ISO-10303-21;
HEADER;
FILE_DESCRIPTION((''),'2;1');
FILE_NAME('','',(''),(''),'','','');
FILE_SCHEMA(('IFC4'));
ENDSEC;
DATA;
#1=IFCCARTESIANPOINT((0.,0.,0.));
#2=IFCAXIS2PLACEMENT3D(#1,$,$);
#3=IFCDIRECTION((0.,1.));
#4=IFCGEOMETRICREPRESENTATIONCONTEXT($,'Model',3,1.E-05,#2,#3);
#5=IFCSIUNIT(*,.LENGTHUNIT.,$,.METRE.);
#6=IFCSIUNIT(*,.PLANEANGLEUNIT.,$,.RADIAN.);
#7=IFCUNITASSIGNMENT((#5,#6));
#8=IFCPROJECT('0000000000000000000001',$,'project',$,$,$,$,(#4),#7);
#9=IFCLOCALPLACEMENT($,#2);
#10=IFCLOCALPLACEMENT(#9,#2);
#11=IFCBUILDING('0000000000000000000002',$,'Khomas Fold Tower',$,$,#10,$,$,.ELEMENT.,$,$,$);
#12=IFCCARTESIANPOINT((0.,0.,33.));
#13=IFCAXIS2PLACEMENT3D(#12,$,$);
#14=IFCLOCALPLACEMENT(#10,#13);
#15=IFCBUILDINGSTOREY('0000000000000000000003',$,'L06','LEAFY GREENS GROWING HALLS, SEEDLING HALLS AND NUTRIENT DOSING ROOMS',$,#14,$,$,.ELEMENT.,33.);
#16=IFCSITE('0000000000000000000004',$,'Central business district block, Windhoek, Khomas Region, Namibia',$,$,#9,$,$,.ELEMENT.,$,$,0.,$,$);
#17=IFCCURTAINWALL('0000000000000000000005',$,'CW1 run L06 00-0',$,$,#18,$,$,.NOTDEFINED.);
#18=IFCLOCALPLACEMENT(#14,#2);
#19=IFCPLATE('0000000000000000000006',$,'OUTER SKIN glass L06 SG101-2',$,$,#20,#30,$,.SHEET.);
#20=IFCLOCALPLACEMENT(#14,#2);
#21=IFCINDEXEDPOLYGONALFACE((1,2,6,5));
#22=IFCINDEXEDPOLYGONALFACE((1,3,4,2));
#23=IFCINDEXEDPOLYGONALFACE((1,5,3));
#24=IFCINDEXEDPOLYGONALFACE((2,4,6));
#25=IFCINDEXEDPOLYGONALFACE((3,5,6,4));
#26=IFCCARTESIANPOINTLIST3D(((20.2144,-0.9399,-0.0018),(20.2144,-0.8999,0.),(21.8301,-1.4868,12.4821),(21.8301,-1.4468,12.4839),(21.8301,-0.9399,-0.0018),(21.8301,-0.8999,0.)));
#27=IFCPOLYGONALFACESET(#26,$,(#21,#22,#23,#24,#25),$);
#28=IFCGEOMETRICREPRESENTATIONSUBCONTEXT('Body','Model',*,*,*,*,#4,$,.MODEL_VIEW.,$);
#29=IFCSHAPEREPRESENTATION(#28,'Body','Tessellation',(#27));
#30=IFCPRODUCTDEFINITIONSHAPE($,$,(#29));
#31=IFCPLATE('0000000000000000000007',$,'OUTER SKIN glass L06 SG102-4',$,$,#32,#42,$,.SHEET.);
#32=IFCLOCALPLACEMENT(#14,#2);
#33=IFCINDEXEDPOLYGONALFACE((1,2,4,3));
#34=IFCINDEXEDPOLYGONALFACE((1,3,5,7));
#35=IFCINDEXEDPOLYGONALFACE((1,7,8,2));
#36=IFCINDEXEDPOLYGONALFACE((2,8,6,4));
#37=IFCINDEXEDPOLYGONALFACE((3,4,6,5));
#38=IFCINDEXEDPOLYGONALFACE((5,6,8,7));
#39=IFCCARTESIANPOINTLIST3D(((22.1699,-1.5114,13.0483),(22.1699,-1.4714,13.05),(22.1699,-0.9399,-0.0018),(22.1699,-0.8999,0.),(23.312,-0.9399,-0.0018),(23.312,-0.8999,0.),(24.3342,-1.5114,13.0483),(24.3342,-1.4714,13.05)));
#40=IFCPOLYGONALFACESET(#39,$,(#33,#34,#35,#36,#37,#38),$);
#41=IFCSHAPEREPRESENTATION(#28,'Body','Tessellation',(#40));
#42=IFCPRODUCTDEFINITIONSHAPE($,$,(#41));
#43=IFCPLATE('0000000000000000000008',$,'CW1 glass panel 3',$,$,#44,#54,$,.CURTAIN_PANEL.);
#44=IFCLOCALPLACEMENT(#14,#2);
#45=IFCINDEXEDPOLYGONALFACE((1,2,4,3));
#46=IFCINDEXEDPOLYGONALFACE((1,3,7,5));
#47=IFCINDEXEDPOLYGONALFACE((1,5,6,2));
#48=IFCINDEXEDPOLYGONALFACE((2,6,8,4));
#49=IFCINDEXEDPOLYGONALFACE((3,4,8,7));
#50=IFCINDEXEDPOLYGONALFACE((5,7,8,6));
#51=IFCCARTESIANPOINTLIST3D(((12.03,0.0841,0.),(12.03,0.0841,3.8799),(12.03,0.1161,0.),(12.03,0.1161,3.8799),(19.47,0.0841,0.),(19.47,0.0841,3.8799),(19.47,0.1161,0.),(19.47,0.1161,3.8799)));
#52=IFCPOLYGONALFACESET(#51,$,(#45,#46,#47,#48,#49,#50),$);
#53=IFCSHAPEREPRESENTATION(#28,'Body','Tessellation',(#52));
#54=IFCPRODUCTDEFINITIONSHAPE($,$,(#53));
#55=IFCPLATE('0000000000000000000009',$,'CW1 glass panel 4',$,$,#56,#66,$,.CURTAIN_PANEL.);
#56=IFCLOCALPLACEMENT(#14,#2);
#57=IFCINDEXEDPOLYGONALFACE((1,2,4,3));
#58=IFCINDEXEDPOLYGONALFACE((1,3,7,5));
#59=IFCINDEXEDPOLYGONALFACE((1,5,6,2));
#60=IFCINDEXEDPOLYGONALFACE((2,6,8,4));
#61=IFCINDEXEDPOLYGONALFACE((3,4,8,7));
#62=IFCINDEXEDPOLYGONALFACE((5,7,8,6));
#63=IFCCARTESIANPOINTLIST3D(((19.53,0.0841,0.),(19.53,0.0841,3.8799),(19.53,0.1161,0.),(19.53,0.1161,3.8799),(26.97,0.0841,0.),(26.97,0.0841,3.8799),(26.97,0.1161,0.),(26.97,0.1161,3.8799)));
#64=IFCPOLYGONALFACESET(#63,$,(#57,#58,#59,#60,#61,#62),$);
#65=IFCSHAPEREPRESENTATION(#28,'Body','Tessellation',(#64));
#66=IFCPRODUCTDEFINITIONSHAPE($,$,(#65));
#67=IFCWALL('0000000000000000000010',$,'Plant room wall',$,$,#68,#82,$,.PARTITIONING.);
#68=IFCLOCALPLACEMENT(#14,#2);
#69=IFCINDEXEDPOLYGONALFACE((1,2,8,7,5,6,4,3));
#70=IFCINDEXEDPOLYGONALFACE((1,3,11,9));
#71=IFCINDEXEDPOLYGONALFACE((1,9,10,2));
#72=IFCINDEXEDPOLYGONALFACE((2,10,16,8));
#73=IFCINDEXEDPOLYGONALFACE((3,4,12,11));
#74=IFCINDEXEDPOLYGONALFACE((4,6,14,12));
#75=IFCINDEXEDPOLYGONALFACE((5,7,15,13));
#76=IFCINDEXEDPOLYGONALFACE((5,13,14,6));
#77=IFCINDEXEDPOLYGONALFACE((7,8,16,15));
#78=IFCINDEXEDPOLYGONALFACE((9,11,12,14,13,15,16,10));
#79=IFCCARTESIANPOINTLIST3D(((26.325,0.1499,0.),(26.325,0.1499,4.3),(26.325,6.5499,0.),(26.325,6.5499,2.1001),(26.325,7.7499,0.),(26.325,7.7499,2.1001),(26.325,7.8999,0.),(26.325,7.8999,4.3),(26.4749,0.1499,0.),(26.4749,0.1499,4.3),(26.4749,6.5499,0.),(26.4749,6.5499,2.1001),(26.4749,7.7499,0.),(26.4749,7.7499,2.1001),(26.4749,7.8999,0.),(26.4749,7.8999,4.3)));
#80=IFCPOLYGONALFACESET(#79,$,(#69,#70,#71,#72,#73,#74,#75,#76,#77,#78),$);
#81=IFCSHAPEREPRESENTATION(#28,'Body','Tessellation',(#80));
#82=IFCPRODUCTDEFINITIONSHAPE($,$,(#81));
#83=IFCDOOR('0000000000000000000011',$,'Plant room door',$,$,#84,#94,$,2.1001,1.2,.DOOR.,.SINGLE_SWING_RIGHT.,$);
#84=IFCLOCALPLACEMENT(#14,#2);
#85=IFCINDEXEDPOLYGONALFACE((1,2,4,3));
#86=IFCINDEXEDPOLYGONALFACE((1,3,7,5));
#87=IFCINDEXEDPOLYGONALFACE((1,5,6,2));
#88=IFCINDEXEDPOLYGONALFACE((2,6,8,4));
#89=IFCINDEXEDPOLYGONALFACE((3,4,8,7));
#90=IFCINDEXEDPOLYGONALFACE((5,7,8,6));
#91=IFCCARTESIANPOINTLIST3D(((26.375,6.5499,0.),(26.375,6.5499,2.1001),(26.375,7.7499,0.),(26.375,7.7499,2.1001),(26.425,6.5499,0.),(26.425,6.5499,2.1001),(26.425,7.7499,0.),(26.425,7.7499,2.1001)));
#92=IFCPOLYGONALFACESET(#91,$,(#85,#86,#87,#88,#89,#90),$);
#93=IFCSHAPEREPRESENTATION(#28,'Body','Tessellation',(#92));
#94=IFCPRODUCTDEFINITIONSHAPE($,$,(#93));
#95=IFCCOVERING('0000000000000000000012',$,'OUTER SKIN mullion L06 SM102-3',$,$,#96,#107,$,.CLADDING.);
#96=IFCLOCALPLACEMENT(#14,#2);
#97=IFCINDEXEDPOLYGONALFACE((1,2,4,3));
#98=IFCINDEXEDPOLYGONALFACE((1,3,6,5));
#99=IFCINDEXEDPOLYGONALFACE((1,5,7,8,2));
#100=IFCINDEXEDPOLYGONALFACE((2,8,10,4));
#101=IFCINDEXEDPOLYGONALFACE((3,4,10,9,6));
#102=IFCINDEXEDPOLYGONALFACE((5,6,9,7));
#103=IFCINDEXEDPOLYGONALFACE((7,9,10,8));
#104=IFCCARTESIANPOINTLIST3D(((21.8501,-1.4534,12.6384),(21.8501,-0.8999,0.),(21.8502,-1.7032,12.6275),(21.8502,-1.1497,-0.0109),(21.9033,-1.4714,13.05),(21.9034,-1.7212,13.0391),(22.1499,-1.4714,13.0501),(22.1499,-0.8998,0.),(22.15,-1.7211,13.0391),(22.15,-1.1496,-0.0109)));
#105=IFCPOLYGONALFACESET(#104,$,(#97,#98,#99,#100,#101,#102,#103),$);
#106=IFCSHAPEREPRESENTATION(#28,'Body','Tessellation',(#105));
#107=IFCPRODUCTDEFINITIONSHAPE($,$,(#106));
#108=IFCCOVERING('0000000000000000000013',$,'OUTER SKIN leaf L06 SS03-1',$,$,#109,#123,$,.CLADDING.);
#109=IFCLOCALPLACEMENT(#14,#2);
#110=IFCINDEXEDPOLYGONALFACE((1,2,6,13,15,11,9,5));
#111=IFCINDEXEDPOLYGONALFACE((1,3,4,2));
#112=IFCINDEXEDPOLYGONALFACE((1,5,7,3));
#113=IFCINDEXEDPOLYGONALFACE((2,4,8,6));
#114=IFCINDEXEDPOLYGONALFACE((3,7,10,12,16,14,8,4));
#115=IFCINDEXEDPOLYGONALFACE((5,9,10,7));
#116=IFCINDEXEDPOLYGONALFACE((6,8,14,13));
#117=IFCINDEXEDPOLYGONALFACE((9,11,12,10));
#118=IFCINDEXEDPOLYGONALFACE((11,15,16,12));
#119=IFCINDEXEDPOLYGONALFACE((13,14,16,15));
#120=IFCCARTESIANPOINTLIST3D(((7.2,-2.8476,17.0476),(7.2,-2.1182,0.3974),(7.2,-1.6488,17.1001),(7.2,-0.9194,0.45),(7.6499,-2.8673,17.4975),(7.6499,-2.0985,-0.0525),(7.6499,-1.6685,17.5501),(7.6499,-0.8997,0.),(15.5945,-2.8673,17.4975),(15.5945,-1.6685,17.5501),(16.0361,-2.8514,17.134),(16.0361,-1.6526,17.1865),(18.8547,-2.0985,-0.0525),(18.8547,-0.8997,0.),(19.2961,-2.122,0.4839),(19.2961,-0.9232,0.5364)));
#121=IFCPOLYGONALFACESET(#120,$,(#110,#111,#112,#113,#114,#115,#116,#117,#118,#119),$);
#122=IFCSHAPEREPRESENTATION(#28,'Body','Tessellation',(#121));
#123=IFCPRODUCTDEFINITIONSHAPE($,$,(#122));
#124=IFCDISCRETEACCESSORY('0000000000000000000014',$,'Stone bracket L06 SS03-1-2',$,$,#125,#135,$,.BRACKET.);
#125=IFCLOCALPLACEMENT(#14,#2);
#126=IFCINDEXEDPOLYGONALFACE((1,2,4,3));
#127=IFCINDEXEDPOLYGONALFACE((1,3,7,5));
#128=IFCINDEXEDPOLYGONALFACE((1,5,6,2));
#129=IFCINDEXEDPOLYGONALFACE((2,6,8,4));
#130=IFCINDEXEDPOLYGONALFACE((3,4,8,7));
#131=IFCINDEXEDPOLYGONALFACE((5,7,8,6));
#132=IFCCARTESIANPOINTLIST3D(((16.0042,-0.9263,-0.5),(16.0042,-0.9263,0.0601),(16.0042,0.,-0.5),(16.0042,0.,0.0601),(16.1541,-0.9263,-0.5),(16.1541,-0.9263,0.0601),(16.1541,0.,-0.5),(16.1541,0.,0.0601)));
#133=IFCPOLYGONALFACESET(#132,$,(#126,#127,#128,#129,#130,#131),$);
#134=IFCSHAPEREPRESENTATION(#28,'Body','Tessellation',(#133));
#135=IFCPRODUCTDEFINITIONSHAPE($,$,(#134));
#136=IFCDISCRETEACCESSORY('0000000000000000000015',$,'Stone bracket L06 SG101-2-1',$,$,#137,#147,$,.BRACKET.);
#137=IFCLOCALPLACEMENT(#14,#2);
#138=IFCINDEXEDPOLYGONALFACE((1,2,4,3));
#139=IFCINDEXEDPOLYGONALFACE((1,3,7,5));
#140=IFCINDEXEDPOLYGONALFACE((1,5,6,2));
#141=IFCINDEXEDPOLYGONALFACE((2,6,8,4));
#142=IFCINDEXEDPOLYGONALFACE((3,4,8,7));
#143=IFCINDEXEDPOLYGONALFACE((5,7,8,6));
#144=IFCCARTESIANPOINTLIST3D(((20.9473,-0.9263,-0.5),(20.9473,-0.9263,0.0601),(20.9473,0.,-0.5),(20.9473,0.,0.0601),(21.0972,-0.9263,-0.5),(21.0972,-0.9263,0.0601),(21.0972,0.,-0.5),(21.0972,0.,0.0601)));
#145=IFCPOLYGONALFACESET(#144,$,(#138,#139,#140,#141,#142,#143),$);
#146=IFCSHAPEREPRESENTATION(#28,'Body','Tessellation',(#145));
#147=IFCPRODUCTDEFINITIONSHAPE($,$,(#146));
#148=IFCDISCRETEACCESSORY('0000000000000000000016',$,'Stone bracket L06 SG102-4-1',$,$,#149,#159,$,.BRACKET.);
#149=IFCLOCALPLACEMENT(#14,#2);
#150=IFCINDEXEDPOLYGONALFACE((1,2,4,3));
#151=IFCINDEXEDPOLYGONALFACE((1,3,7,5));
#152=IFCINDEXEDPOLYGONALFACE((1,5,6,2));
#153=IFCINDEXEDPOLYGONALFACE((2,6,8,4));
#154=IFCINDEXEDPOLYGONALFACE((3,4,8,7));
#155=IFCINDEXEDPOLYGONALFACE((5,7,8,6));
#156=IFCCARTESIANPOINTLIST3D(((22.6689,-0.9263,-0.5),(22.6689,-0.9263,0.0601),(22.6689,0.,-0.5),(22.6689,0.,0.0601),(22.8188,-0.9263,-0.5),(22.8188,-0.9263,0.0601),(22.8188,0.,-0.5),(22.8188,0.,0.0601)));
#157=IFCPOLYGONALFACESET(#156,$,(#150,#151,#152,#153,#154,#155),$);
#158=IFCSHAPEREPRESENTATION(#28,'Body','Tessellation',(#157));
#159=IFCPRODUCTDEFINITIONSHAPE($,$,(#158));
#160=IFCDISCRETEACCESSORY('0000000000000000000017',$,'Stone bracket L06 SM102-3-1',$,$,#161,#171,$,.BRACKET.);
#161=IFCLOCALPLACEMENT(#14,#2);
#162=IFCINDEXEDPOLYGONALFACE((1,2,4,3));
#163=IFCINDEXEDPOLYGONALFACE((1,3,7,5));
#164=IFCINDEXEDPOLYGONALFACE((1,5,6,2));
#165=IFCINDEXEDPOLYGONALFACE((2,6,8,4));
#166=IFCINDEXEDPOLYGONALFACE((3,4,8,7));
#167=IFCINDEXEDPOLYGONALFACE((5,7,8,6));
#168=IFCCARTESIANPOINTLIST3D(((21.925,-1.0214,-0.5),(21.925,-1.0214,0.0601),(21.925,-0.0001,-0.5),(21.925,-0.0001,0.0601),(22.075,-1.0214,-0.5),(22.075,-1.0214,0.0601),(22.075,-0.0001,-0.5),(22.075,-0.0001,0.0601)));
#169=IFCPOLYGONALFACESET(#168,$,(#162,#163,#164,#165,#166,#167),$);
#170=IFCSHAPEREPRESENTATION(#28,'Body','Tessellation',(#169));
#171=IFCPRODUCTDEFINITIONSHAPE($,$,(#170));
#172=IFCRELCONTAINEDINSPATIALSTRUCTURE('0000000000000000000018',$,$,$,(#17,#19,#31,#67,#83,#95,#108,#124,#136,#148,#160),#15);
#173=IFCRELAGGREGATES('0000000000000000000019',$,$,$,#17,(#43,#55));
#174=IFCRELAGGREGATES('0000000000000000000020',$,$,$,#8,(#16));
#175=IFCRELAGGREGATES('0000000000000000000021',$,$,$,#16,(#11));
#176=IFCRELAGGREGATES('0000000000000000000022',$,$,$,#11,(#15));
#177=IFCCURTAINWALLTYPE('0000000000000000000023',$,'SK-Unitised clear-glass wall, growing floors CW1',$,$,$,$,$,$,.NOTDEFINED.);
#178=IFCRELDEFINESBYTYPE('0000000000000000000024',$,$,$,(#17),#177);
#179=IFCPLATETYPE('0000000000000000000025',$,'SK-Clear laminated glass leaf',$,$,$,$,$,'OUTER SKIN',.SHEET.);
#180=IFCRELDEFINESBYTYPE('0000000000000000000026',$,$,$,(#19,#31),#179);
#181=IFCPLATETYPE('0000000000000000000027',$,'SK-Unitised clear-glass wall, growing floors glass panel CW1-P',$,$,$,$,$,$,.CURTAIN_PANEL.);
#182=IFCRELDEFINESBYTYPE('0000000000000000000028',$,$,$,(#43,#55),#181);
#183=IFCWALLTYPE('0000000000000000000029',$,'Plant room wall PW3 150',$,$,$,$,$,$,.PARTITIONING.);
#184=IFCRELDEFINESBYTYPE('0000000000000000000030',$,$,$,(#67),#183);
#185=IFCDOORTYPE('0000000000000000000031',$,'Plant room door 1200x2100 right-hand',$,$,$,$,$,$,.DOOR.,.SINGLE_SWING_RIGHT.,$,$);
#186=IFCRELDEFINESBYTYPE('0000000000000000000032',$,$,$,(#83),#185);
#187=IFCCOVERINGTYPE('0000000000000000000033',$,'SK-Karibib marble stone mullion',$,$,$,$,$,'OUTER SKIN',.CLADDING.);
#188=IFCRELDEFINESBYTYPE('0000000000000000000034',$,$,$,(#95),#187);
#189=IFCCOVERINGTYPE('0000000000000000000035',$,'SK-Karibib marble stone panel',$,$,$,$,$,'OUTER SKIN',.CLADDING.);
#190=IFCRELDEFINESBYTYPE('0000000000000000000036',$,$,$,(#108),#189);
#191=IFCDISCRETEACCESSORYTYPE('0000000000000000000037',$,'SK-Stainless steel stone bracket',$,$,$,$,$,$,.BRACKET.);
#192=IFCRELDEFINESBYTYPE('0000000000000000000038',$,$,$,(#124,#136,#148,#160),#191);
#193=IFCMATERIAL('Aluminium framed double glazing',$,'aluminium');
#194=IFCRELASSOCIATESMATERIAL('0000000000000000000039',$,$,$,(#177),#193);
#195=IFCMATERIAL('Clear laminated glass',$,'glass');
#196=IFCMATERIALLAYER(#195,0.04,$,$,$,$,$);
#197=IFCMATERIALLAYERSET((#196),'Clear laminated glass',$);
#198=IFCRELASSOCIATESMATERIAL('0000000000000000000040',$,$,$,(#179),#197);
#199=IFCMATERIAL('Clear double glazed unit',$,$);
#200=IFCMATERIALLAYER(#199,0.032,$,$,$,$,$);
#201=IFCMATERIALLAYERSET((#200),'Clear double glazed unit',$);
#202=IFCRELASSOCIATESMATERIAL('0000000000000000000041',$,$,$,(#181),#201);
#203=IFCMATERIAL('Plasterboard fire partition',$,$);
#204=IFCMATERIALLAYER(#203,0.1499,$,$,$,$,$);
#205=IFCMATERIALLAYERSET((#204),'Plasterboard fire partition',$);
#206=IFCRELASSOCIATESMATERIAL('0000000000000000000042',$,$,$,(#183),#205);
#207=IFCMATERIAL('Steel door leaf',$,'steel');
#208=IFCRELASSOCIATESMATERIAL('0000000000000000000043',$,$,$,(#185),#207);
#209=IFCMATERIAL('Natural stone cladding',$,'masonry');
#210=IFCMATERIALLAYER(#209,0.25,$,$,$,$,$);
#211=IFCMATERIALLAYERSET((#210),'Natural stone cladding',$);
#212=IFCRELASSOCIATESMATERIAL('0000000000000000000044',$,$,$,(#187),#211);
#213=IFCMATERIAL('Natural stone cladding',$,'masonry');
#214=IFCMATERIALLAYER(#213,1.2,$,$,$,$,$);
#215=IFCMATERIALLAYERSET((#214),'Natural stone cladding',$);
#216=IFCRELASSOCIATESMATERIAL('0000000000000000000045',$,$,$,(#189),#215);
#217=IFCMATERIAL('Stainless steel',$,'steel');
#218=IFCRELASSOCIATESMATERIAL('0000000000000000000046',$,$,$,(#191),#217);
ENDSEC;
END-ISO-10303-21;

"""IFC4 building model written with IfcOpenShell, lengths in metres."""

from ifc_helpers import new_model, si_unit, direction, frame, frame_2d, origin, origin_2d, place, context, subcontext, project, spatial, polyline, rectangle, outline, extrude, source, transform, mapped, material, layer, layer_set, type_object, element, fill, aggregate, save


model = new_model("IFC4")

# Units and contexts
model_context = context("Model", 3, precision=1e-05, world=origin(), true_north=direction((0.0, 1.0)))
body_context = subcontext(model_context, "Body", "Model", "MODEL_VIEW")
ifc_project = project(units=[si_unit("LENGTHUNIT", "METRE"), si_unit("PLANEANGLEUNIT", "RADIAN")], contexts=[model_context])

# Site, building, storey
site_placement = place(None, origin())
site = spatial("IfcSite", under=ifc_project, at=site_placement, Name="Central business district block, Windhoek, Khomas Region, Namibia", CompositionType="ELEMENT", RefElevation=0.0)
building_placement = place(site_placement, origin())
building = spatial("IfcBuilding", under=site, at=building_placement, Name="Khomas Fold Tower", CompositionType="ELEMENT")
storey_placement = place(building_placement, frame((0.0, 0.0, 33.0)))
storey = spatial("IfcBuildingStorey", under=building, at=storey_placement, Name="L06", Description="LEAFY GREENS GROWING HALLS, SEEDLING HALLS AND NUTRIENT DOSING ROOMS", CompositionType="ELEMENT", Elevation=33.0)

# Curtain wall
ifc_material_1 = material(Name="Aluminium framed double glazing", Category="aluminium")
curtain_wall_type = type_object("IfcCurtainWallType", Name="SK-Unitised clear-glass wall, growing floors CW1", PredefinedType="NOTDEFINED", material=ifc_material_1)
curtain_wall_placement = place(storey_placement, origin())
curtain_wall = element("IfcCurtainWall", 1, at=curtain_wall_placement, inside=storey, type_object=curtain_wall_type, Name="CW1 run L06 00-0", PredefinedType="NOTDEFINED")

# Plates
ifc_material_2 = material(Name="Clear laminated glass", Category="glass")
ifc_layer_1 = layer(ifc_material_2, 0.04)
ifc_layer_set_1 = layer_set([ifc_layer_1], Name="Clear laminated glass")
plate_type_1 = type_object("IfcPlateType", Name="SK-Clear laminated glass leaf", ElementType="OUTER SKIN", PredefinedType="SHEET", material=ifc_layer_set_1)
plate_1_placement = place(storey_placement, frame((20.2144, -0.8999, 0.0), z_axis=(0.0, 0.999042, 0.043764), x_axis=(0.128233, -0.043403, 0.990794)))
element("IfcPlate", 2, at=plate_1_placement, inside=storey, type_object=plate_type_1, Name="OUTER SKIN glass L06 SG101-2", PredefinedType="SHEET", context=body_context, shape_type="SweptSolid", body=[
    extrude(outline(polyline([(0.0, 0.0), (12.5999, 0.0), (0.2072, 1.6024), (0.0, 0.0)])), origin(), (0.0, 0.0, -1.0), 0.04),
])
plate_2_placement = place(storey_placement, frame((23.312, -0.8999, 0.0), z_axis=(0.0, 0.999042, 0.043754), x_axis=(-1.0, 0.0, 0.0)))
element("IfcPlate", 3, at=plate_2_placement, inside=storey, type_object=plate_type_1, Name="OUTER SKIN glass L06 SG102-4", PredefinedType="SHEET", context=body_context, shape_type="SweptSolid", body=[
    extrude(outline(polyline([(0.0, 0.0), (1.1421, 0.0), (1.1421, 13.0626), (-1.0222, 13.0626), (0.0, 0.0)])), origin(), (0.0, 0.0, -1.0), 0.04),
])

# Plates
ifc_material_3 = material(Name="Clear double glazed unit")
ifc_layer_2 = layer(ifc_material_3, 0.032)
ifc_layer_set_2 = layer_set([ifc_layer_2], Name="Clear double glazed unit")
plate_type_2 = type_object("IfcPlateType", Name="SK-Unitised clear-glass wall, growing floors glass panel CW1-P", PredefinedType="CURTAIN_PANEL", material=ifc_layer_set_2)
shared_shape_1 = source(origin(), body_context, "Body", "SweptSolid", [
    extrude(rectangle(XDim=7.4399, YDim=0.032, at=origin_2d()), origin(), (0.0, 0.0, 1.0), 3.8799),
])
plate_3_placement = place(storey_placement, frame((15.75, 0.1001, 0.0), z_axis=(0.0, 0.0, 1.0), x_axis=(1.0, 0.0, 0.0)))
plate_3 = element("IfcPlate", 4, at=plate_3_placement, type_object=plate_type_2, Name="CW1 glass panel 3", PredefinedType="CURTAIN_PANEL", context=body_context, shape_type="MappedRepresentation", body=[
    mapped(shared_shape_1, transform((0.0, 0.0, 0.0))),
])
plate_4_placement = place(storey_placement, frame((23.25, 0.1001, 0.0), z_axis=(0.0, 0.0, 1.0), x_axis=(1.0, 0.0, 0.0)))
plate_4 = element("IfcPlate", 5, at=plate_4_placement, type_object=plate_type_2, Name="CW1 glass panel 4", PredefinedType="CURTAIN_PANEL", context=body_context, shape_type="MappedRepresentation", body=[
    mapped(shared_shape_1, transform((0.0, 0.0, 0.0))),
])
aggregate(curtain_wall, [plate_3, plate_4])

# Wall, opening, door
ifc_material_4 = material(Name="Plasterboard fire partition")
ifc_layer_3 = layer(ifc_material_4, 0.1499)
ifc_layer_set_3 = layer_set([ifc_layer_3], Name="Plasterboard fire partition")
wall_type = type_object("IfcWallType", Name="Plant room wall PW3 150", PredefinedType="PARTITIONING", material=ifc_layer_set_3)
shared_shape_2 = source(origin(), body_context, "Body", "SweptSolid", [
    extrude(rectangle(XDim=7.75, YDim=0.1499, at=frame_2d((3.875, 0.0))), origin(), (0.0, 0.0, 1.0), 4.3),
])
wall_placement = place(storey_placement, frame((26.3999, 0.1499, 0.0), z_axis=(0.0, 0.0, 1.0), x_axis=(0.0, 1.0, 0.0)))
wall = element("IfcWall", 6, at=wall_placement, inside=storey, type_object=wall_type, Name="Plant room wall", PredefinedType="PARTITIONING", context=body_context, shape_type="MappedRepresentation", body=[
    mapped(shared_shape_2, transform((0.0, 0.0, 0.0))),
])
shared_shape_3 = source(origin(), body_context, "Body", "SweptSolid", [
    extrude(rectangle(XDim=1.2, YDim=2.1001, at=frame_2d((0.6001, 1.05))), frame((0.0, 0.085, 0.0), z_axis=(0.0, -1.0, 0.0), x_axis=(1.0, 0.0, 0.0)), (0.0, 0.0, 1.0), 0.1699),
])
opening_placement = place(wall_placement, frame((6.3999, 0.0, 0.0)))
opening = element("IfcOpeningElement", 7, at=opening_placement, cuts=wall, PredefinedType="OPENING", context=body_context, shape_type="MappedRepresentation", body=[
    mapped(shared_shape_3, transform((0.0, 0.0, 0.0))),
])
ifc_material_5 = material(Name="Steel door leaf", Category="steel")
door_type = type_object("IfcDoorType", Name="Plant room door 1200x2100 right-hand", OperationType="SINGLE_SWING_RIGHT", PredefinedType="DOOR", material=ifc_material_5)
shared_shape_4 = source(origin(), body_context, "Body", "SweptSolid", [
    extrude(rectangle(XDim=1.2, YDim=2.1001, at=frame_2d((0.6001, 1.05))), frame((0.0, 0.0249, 0.0), z_axis=(0.0, -1.0, 0.0), x_axis=(1.0, 0.0, 0.0)), (0.0, 0.0, 1.0), 0.05),
])
door_placement = place(opening_placement, origin())
door = element("IfcDoor", 8, at=door_placement, inside=storey, type_object=door_type, Name="Plant room door", OperationType="SINGLE_SWING_RIGHT", OverallHeight=2.1001, OverallWidth=1.2, PredefinedType="DOOR", context=body_context, shape_type="MappedRepresentation", body=[
    mapped(shared_shape_4, transform((0.0, 0.0, 0.0))),
])
fill(opening, door)

# Coverings
ifc_material_6 = material(Name="Natural stone cladding", Category="masonry")
ifc_layer_4 = layer(ifc_material_6, 0.25)
ifc_layer_set_4 = layer_set([ifc_layer_4], Name="Natural stone cladding")
covering_type_1 = type_object("IfcCoveringType", Name="SK-Karibib marble stone mullion", ElementType="OUTER SKIN", PredefinedType="CLADDING", material=ifc_layer_set_4)
covering_1_placement = place(storey_placement, frame((21.8501, -0.8999, 0.0), z_axis=(-0.000342, 0.999042, 0.043755), x_axis=(0.0, -0.043755, 0.999042)))
element("IfcCovering", 9, at=covering_1_placement, inside=storey, type_object=covering_type_1, Name="OUTER SKIN mullion L06 SM102-3", PredefinedType="CLADDING", context=body_context, shape_type="SweptSolid", body=[
    extrude(outline(polyline([(0.0, 0.0), (12.6506, 0.0), (13.0626, 0.0532), (13.0626, 0.2998), (0.0, 0.2998), (0.0, 0.0)])), origin(), (0.0, 0.0, -1.0), 0.25),
])
ifc_material_7 = material(Name="Natural stone cladding", Category="masonry")
ifc_layer_5 = layer(ifc_material_7, 1.2)
ifc_layer_set_5 = layer_set([ifc_layer_5], Name="Natural stone cladding")
covering_type_2 = type_object("IfcCoveringType", Name="SK-Karibib marble stone panel", ElementType="OUTER SKIN", PredefinedType="CLADDING", material=ifc_layer_set_5)
covering_2_placement = place(storey_placement, frame((16.0361, -1.6526, 17.1865), z_axis=(0.0, 0.999042, 0.043763), x_axis=(0.191969, 0.04295, -0.980461)))
element("IfcCovering", 10, at=covering_2_placement, inside=storey, type_object=covering_type_2, Name="OUTER SKIN leaf L06 SS03-1", PredefinedType="CLADDING", context=body_context, shape_type="SweptSolid", body=[
    extrude(outline(polyline([(0.0, 0.0), (16.9819, 0.0), (17.4241, 0.5363), (15.2731, 11.5327), (14.7448, 11.8878), (-1.6114, 8.6884), (-1.967, 8.1604), (-0.4419, 0.3636), (0.0, 0.0)])), origin(), (0.0, 0.0, -1.0), 1.2),
])

# Discrete accessories
ifc_material_8 = material(Name="Stainless steel", Category="steel")
discrete_accessory_type = type_object("IfcDiscreteAccessoryType", Name="SK-Stainless steel stone bracket", PredefinedType="BRACKET", material=ifc_material_8)
shared_shape_5 = source(origin(), body_context, "Body", "SweptSolid", [
    extrude(rectangle(XDim=0.9263, YDim=0.1499, at=origin_2d()), origin(), (0.0, 0.0, 1.0), 0.5601),
])
for number, where, z_axis, x_axis, name in (
    (11, (16.0791, -0.4631, -0.5), (0.0, 0.0, 1.0), (0.0, -1.0, 0.0), "Stone bracket L06 SS03-1-2"),
    (12, (21.0222, -0.4631, -0.5), (0.0, 0.0, 1.0), (0.0, -1.0, 0.0), "Stone bracket L06 SG101-2-1"),
    (13, (22.7439, -0.4631, -0.5), (0.0, 0.0, 1.0), (0.0, -1.0, 0.0), "Stone bracket L06 SG102-4-1"),
):
    element("IfcDiscreteAccessory", number, at=place(storey_placement, frame(where, z_axis=z_axis, x_axis=x_axis)), inside=storey, type_object=discrete_accessory_type, Name=name, PredefinedType="BRACKET", context=body_context, shape_type="MappedRepresentation", body=[
        mapped(shared_shape_5, transform((0.0, 0.0, 0.0))),
    ])
shared_shape_6 = source(origin(), body_context, "Body", "SweptSolid", [
    extrude(rectangle(XDim=1.0212, YDim=0.1499, at=origin_2d()), origin(), (0.0, 0.0, 1.0), 0.5601),
])
discrete_accessory_placement = place(storey_placement, frame((22.0, -0.5107, -0.5), z_axis=(0.0, 0.0, 1.0), x_axis=(0.0, -1.0, 0.0)))
element("IfcDiscreteAccessory", 14, at=discrete_accessory_placement, inside=storey, type_object=discrete_accessory_type, Name="Stone bracket L06 SM102-3-1", PredefinedType="BRACKET", context=body_context, shape_type="MappedRepresentation", body=[
    mapped(shared_shape_6, transform((0.0, 0.0, 0.0))),
])

save(model, "model.ifc")
